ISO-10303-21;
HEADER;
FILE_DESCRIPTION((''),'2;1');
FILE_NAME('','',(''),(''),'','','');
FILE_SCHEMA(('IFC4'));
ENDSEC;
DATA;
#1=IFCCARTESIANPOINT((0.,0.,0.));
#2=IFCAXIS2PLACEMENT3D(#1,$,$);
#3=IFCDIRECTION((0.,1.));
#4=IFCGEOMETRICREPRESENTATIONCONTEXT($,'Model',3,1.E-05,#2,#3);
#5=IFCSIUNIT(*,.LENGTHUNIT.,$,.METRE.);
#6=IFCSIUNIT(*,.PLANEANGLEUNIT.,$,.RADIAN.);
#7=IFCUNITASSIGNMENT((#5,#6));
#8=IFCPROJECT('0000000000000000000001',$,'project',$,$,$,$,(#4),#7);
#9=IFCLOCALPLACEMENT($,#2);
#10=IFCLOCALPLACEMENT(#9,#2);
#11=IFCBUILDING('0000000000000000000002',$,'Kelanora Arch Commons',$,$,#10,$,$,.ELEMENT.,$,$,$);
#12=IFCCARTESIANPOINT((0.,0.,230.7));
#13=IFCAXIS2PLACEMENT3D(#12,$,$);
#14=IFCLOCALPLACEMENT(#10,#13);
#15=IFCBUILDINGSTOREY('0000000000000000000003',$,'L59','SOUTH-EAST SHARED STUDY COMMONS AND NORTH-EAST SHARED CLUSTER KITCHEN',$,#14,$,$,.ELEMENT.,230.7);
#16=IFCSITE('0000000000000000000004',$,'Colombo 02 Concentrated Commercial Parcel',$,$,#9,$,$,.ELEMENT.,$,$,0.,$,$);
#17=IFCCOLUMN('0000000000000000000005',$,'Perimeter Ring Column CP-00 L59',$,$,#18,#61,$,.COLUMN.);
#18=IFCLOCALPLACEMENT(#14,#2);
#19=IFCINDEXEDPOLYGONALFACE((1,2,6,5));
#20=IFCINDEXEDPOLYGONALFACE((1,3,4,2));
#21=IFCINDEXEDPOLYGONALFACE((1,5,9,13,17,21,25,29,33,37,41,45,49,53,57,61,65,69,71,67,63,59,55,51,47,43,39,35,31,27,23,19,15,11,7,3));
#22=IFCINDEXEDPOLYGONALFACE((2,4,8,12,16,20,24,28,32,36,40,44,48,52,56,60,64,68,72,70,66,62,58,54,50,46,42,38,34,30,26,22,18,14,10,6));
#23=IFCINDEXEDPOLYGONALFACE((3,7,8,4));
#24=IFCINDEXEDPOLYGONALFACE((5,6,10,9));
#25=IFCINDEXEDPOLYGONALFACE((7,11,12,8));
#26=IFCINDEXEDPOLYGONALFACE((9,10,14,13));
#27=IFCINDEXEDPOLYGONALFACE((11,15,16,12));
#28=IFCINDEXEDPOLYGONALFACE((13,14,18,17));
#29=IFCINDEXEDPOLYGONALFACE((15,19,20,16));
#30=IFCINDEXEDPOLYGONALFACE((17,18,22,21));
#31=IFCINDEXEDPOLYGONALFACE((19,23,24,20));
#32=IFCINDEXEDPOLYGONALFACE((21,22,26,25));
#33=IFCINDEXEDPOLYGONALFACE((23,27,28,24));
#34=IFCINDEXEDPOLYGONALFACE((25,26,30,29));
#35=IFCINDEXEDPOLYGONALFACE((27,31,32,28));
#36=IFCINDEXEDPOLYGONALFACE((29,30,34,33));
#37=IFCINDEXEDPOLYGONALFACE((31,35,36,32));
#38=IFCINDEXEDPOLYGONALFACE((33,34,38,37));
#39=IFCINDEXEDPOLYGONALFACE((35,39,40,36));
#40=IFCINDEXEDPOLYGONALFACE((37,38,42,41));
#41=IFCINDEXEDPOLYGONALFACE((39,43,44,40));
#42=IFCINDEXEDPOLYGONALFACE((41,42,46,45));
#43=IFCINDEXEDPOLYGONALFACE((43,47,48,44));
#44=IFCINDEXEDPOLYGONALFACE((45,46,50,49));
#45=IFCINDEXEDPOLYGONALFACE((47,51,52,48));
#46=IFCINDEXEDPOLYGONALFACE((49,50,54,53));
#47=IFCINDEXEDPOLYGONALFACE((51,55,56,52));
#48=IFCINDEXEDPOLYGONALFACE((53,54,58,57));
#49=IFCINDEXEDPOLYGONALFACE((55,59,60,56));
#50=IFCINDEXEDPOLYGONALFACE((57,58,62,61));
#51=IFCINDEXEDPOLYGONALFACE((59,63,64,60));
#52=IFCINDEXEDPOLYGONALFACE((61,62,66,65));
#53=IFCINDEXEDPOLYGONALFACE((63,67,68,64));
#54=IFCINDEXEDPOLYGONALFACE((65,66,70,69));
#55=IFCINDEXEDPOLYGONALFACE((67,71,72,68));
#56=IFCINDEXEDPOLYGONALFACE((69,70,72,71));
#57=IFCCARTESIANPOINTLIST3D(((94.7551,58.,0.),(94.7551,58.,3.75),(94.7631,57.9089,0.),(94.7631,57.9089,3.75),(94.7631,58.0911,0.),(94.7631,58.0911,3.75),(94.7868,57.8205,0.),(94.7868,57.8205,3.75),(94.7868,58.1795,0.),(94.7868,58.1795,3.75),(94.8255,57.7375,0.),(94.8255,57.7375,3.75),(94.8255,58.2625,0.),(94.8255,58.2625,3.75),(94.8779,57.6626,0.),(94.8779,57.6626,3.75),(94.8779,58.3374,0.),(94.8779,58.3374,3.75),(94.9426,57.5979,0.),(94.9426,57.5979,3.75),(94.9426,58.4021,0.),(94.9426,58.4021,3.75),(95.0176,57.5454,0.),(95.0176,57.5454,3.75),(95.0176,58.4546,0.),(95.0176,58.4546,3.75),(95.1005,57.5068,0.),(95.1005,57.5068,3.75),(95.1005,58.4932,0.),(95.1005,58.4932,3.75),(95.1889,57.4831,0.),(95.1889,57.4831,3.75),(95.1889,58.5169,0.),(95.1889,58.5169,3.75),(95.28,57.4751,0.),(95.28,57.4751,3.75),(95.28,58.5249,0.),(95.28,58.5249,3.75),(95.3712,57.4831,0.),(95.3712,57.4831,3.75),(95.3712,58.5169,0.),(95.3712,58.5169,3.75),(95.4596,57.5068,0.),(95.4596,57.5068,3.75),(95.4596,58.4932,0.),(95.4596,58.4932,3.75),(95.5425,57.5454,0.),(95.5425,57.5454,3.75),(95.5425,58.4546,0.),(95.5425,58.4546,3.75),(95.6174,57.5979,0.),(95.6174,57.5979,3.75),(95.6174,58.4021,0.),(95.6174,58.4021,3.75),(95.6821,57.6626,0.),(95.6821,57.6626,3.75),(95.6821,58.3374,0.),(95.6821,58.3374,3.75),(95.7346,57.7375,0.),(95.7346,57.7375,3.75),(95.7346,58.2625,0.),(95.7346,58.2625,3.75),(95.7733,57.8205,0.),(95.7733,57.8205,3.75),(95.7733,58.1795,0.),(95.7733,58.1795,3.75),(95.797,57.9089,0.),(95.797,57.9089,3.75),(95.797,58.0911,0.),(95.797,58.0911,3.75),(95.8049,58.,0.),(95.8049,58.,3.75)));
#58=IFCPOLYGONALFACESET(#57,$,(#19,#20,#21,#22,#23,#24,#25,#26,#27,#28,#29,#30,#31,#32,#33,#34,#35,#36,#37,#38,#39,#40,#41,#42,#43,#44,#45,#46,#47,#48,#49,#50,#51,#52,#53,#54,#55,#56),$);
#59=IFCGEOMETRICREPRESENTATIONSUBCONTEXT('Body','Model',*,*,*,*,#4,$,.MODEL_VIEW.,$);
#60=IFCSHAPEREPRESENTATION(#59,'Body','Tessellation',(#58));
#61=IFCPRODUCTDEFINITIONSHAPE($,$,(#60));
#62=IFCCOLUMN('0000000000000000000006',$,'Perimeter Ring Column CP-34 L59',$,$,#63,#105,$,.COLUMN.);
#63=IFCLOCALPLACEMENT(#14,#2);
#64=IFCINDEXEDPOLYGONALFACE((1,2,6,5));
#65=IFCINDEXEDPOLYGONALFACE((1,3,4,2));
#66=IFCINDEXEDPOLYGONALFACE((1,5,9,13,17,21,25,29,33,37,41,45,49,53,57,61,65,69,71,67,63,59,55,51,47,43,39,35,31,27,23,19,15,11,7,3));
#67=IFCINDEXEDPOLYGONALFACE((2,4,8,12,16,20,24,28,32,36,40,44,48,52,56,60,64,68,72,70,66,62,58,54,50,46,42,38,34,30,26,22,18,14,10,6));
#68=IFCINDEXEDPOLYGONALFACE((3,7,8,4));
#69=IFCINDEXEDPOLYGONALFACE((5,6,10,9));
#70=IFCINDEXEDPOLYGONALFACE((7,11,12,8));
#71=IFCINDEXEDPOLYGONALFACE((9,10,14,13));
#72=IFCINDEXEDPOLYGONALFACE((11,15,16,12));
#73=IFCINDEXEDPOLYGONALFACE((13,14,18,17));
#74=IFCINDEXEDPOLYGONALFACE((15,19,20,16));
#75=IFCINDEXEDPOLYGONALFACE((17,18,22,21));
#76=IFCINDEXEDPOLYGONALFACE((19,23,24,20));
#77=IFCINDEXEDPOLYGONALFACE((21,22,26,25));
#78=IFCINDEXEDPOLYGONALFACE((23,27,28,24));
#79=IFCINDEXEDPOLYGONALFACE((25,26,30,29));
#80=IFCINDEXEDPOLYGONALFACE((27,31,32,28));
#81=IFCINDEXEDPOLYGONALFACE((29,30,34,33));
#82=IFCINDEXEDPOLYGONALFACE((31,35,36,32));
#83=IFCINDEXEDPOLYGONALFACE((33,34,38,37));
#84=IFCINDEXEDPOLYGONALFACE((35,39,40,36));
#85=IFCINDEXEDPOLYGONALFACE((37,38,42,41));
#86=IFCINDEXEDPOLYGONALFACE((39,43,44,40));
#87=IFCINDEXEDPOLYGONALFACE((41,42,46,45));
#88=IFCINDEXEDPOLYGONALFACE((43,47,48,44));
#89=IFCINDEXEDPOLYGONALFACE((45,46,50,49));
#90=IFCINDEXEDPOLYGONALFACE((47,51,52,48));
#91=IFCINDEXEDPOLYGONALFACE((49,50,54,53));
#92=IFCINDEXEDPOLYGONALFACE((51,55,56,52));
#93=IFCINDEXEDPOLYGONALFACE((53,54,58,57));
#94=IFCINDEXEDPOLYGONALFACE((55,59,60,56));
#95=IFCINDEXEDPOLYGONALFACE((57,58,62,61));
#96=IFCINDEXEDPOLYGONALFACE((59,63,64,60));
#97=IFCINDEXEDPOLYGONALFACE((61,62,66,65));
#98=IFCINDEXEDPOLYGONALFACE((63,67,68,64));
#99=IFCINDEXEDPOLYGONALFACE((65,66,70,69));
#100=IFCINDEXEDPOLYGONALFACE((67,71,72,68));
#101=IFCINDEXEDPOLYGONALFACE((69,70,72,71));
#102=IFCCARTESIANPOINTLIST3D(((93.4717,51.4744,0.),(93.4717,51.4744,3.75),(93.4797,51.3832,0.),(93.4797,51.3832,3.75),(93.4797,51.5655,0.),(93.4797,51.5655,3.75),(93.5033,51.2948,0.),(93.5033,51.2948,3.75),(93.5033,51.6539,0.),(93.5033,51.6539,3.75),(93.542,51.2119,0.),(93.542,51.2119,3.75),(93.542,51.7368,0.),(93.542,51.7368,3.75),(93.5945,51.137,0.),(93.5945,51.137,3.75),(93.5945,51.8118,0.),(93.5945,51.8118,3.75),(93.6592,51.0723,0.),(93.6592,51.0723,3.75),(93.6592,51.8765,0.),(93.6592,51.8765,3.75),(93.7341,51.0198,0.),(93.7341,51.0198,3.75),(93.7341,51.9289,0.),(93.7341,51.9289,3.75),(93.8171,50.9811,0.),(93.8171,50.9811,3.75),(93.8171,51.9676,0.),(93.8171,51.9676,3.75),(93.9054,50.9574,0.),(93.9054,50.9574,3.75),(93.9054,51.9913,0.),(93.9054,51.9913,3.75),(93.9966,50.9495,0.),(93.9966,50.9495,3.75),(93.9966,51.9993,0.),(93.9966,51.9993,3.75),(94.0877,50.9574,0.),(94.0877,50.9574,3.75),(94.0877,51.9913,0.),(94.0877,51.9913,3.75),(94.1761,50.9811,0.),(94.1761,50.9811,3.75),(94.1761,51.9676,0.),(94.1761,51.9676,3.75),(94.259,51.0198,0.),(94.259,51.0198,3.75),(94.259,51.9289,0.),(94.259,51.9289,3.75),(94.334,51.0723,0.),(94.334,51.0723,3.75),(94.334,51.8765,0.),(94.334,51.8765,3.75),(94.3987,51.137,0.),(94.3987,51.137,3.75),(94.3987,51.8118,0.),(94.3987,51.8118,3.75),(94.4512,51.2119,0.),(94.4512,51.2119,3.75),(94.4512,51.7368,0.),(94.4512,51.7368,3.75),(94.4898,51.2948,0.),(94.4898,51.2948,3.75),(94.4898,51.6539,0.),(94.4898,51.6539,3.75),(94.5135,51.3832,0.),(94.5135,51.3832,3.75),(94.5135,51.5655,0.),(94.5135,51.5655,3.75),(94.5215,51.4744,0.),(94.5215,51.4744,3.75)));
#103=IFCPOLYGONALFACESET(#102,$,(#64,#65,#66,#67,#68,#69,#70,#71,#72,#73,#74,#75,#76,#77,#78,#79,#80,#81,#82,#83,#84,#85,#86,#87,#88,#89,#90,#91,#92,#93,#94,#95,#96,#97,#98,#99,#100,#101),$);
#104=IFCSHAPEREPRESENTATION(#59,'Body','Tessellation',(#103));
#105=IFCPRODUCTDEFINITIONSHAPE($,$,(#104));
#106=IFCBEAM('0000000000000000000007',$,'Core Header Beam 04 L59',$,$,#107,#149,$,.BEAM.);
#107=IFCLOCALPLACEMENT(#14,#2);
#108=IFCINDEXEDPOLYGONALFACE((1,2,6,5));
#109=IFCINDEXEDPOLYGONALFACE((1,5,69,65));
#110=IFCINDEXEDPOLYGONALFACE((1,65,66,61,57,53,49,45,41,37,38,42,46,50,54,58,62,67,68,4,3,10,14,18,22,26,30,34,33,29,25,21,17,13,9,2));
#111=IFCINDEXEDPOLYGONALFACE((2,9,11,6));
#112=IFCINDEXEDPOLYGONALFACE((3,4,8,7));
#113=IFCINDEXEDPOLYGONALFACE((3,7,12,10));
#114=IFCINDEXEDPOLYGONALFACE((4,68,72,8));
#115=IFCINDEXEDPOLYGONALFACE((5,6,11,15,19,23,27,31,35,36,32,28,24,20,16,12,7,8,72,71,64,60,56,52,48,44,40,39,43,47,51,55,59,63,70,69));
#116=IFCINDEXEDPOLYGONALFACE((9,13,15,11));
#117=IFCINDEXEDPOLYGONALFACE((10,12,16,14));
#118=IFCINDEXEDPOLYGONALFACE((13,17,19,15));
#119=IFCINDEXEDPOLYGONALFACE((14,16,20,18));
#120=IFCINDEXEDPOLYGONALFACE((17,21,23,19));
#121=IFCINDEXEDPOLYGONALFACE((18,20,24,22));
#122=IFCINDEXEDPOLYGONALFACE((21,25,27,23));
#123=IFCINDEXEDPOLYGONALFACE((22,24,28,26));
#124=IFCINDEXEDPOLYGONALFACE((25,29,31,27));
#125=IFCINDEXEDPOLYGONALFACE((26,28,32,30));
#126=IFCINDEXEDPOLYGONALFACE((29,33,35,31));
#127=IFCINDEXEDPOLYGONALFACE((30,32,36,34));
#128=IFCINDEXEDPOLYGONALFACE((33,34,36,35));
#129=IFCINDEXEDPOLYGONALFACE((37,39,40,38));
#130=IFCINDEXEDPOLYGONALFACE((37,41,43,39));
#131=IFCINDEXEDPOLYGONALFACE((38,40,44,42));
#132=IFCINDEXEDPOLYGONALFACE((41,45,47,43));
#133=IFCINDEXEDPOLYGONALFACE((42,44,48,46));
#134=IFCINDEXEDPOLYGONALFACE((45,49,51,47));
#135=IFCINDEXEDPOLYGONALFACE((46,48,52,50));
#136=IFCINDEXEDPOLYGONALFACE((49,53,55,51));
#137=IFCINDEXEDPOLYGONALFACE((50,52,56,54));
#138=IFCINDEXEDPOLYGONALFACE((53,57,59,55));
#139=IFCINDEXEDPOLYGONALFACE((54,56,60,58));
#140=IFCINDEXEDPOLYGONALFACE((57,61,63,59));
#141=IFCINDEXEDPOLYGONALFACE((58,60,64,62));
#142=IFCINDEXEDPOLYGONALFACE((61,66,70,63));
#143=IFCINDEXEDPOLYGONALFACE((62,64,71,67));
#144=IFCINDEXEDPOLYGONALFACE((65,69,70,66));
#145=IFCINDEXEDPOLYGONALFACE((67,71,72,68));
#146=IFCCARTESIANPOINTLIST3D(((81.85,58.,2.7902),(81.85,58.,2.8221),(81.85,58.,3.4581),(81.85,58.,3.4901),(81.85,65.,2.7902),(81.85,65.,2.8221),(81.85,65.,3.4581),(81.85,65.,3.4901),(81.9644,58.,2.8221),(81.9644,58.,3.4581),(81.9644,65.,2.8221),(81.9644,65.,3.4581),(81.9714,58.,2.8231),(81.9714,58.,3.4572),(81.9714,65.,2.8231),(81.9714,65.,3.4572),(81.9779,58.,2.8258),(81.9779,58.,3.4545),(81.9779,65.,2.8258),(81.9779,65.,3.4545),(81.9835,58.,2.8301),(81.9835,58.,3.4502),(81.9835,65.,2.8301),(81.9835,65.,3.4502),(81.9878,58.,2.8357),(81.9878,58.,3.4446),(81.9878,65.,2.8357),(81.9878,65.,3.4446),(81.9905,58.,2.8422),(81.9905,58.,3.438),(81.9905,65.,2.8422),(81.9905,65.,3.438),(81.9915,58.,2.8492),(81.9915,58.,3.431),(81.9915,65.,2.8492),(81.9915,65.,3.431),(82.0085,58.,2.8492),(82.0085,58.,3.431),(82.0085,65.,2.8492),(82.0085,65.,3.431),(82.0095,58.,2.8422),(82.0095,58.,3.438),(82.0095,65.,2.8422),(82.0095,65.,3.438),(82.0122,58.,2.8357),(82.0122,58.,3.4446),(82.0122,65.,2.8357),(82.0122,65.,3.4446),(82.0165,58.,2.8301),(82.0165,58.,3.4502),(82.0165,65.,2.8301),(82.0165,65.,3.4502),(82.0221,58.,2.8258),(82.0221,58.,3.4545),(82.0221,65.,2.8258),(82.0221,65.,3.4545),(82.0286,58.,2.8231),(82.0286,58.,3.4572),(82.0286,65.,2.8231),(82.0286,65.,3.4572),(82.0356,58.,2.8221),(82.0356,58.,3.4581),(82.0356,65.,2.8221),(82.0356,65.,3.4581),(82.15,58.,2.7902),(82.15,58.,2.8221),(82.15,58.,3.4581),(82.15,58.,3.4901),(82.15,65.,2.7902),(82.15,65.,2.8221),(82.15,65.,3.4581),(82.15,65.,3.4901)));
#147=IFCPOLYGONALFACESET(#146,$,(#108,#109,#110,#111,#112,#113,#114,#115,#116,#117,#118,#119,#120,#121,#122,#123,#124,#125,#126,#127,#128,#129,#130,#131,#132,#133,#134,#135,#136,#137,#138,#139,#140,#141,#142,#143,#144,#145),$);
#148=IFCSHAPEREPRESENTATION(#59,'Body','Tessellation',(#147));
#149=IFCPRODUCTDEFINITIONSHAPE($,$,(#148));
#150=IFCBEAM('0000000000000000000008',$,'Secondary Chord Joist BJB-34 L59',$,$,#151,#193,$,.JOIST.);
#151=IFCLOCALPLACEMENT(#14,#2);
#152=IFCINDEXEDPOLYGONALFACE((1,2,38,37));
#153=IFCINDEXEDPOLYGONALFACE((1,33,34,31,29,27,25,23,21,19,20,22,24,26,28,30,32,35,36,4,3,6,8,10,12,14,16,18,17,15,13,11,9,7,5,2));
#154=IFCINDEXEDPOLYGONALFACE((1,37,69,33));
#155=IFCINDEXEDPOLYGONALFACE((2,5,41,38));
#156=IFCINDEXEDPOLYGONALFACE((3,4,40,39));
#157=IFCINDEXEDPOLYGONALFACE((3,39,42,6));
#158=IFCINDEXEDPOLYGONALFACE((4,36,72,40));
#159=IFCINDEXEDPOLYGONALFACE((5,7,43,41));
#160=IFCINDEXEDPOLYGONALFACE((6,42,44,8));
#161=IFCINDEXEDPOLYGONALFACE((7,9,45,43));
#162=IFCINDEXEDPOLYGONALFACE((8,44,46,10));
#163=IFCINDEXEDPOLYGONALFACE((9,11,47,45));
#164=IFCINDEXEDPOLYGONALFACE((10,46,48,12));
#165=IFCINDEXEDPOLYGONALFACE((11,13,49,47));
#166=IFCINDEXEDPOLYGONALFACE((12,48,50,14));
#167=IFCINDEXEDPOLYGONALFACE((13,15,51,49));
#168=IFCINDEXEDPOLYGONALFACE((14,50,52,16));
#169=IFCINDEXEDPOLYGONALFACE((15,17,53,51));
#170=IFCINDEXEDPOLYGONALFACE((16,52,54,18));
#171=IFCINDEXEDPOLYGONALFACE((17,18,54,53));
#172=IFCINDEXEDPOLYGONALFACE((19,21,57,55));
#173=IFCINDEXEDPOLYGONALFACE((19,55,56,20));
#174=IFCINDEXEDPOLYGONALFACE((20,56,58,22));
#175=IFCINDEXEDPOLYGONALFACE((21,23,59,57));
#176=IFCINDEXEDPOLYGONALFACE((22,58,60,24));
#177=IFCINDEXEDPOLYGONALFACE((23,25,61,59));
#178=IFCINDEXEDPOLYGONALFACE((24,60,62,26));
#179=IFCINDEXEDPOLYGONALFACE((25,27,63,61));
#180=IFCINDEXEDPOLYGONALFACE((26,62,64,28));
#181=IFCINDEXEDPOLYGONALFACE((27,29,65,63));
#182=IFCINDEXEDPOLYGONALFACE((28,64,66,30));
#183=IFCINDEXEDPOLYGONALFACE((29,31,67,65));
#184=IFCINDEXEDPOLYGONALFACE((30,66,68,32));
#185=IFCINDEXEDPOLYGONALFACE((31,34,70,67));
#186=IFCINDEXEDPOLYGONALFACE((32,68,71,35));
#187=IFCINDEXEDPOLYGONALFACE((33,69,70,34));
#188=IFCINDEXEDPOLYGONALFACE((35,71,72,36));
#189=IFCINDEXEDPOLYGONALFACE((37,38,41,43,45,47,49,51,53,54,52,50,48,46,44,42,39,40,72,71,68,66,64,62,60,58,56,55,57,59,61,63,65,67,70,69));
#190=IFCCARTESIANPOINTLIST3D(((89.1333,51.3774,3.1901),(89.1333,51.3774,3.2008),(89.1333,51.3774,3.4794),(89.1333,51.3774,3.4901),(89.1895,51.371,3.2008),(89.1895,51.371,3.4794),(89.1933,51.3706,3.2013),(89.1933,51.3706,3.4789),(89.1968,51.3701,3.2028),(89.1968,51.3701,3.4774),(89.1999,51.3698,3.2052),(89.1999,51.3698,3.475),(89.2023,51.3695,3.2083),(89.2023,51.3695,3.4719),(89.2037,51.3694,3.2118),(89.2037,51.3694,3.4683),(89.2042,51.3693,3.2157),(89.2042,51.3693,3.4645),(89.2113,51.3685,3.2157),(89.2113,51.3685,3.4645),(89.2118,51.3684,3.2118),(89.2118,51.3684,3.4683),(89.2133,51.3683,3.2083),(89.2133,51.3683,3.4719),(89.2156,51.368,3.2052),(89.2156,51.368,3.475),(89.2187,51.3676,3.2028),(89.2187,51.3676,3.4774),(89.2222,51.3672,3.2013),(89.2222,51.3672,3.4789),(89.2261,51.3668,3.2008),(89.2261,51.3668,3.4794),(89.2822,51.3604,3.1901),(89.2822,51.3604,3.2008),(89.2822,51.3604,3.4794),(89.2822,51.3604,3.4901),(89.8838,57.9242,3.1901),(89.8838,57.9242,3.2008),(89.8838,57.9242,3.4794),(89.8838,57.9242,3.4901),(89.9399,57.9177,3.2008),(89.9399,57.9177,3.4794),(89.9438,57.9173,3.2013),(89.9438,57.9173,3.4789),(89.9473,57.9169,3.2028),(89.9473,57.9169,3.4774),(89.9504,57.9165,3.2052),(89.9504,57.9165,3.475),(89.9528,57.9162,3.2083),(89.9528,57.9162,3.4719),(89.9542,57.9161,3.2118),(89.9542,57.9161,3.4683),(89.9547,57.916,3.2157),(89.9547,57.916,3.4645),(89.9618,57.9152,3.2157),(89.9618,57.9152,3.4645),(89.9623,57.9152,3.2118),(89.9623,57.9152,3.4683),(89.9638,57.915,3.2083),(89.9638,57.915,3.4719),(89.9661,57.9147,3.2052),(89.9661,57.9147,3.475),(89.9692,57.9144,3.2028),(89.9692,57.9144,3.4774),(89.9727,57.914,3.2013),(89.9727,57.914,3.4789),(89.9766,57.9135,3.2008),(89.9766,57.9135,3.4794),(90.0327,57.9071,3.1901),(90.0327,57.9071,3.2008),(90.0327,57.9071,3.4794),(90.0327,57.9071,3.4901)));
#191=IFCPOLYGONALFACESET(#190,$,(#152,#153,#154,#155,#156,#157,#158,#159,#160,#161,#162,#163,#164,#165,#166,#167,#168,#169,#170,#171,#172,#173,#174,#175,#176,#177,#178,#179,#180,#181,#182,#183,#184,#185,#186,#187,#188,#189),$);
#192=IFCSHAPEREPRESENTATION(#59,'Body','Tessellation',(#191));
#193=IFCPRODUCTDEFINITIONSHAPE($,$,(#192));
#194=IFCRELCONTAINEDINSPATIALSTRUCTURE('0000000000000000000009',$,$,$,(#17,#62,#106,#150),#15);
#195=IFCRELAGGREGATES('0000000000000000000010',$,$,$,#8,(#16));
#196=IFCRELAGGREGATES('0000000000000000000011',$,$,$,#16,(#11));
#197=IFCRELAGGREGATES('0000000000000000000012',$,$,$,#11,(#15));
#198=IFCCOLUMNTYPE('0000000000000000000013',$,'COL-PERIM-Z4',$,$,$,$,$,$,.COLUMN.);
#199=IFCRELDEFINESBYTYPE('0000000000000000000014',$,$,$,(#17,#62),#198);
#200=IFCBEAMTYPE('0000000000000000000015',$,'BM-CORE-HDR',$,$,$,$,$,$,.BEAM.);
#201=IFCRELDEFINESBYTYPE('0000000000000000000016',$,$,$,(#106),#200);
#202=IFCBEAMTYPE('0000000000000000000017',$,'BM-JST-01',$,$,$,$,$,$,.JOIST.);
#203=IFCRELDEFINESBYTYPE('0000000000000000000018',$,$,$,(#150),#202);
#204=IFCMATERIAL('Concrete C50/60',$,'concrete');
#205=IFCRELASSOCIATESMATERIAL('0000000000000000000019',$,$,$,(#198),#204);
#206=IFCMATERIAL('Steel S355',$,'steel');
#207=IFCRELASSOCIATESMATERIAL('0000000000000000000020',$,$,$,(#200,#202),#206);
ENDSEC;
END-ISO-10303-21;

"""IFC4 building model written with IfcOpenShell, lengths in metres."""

from ifc_helpers import new_model, si_unit, direction, frame, origin, origin_2d, place, context, subcontext, project, spatial, circle, i_section, extrude, material, material_profile, profile_set, type_object, element, save


model = new_model("IFC4")

# Units and contexts
model_context = context("Model", 3, precision=1e-05, world=origin(), true_north=direction((0.0, 1.0)))
body_context = subcontext(model_context, "Body", "Model", "MODEL_VIEW")
ifc_project = project(units=[si_unit("LENGTHUNIT", "METRE"), si_unit("PLANEANGLEUNIT", "RADIAN")], contexts=[model_context])

# Site, building, storey
site_placement = place(None, origin())
site = spatial("IfcSite", under=ifc_project, at=site_placement, Name="Colombo 02 Concentrated Commercial Parcel", CompositionType="ELEMENT", RefElevation=0.0)
building_placement = place(site_placement, origin())
building = spatial("IfcBuilding", under=site, at=building_placement, Name="Kelanora Arch Commons", CompositionType="ELEMENT")
storey_placement = place(building_placement, frame((0.0, 0.0, 230.7)))
storey = spatial("IfcBuildingStorey", under=building, at=storey_placement, Name="L59", Description="SOUTH-EAST SHARED STUDY COMMONS AND NORTH-EAST SHARED CLUSTER KITCHEN", CompositionType="ELEMENT", Elevation=230.7)

# Columns
ifc_material_1 = material(Name="Concrete C50/60", Category="concrete")
ifc_material_profile_1 = material_profile(ifc_material_1, circle(Radius=0.5249, at=origin_2d()), Name="RCC1050")
ifc_profile_set_1 = profile_set([ifc_material_profile_1], Name="Concrete C50/60")
column_type = type_object("IfcColumnType", Name="COL-PERIM-Z4", PredefinedType="COLUMN", material=ifc_profile_set_1)
for number, where, z_axis, x_axis, name in (
    (1, (95.28, 58.0, 0.0), (0.0, 0.0, 1.0), (1.0, 0.0, 0.0), "Perimeter Ring Column CP-00 L59"),
    (2, (93.9966, 51.4744, 0.0), (0.0, 0.0, 1.0), (1.0, 0.0, 0.0), "Perimeter Ring Column CP-34 L59"),
):
    element("IfcColumn", number, at=place(storey_placement, frame(where, z_axis=z_axis, x_axis=x_axis)), inside=storey, type_object=column_type, Name=name, PredefinedType="COLUMN", context=body_context, shape_type="SweptSolid", body=[
        extrude(circle(Radius=0.5249, at=origin_2d()), origin(), (0.0, 0.0, 1.0), 3.75),
    ])

# Beams
ifc_material_2 = material(Name="Steel S355", Category="steel")
ifc_material_profile_2 = material_profile(ifc_material_2, i_section(OverallWidth=0.3, OverallDepth=0.7, WebThickness=0.0171, FlangeThickness=0.032, FilletRadius=0.0271, at=origin_2d()), Name="HEB700")
ifc_profile_set_2 = profile_set([ifc_material_profile_2], Name="Steel S355")
beam_type_1 = type_object("IfcBeamType", Name="BM-CORE-HDR", PredefinedType="BEAM", material=ifc_profile_set_2)
beam_1_placement = place(storey_placement, frame((82.0, 58.0, 3.1401), z_axis=(0.0, 1.0, 0.0), x_axis=(-1.0, 0.0, 0.0)))
element("IfcBeam", 3, at=beam_1_placement, inside=storey, type_object=beam_type_1, Name="Core Header Beam 04 L59", PredefinedType="BEAM", context=body_context, shape_type="SweptSolid", body=[
    extrude(i_section(OverallWidth=0.3, OverallDepth=0.7, WebThickness=0.0171, FlangeThickness=0.032, FilletRadius=0.0271, at=origin_2d()), origin(), (0.0, 0.0, 1.0), 7.0),
])
ifc_material_profile_3 = material_profile(ifc_material_2, i_section(OverallWidth=0.1499, OverallDepth=0.3, WebThickness=0.0071, FlangeThickness=0.0107, FilletRadius=0.0149, at=origin_2d()), Name="IPE300")
ifc_profile_set_3 = profile_set([ifc_material_profile_3], Name="Steel S355")
beam_type_2 = type_object("IfcBeamType", Name="BM-JST-01", PredefinedType="JOIST", material=ifc_profile_set_3)
beam_2_placement = place(storey_placement, frame((89.2078, 51.3689, 3.3401), z_axis=(0.113891, 0.993493, 0.0), x_axis=(-0.993493, 0.113891, 0.0)))
element("IfcBeam", 4, at=beam_2_placement, inside=storey, type_object=beam_type_2, Name="Secondary Chord Joist BJB-34 L59", PredefinedType="JOIST", context=body_context, shape_type="SweptSolid", body=[
    extrude(i_section(OverallWidth=0.1499, OverallDepth=0.3, WebThickness=0.0071, FlangeThickness=0.0107, FilletRadius=0.0149, at=origin_2d()), origin(), (0.0, 0.0, 1.0), 6.5896),
])

save(model, "model.ifc")
